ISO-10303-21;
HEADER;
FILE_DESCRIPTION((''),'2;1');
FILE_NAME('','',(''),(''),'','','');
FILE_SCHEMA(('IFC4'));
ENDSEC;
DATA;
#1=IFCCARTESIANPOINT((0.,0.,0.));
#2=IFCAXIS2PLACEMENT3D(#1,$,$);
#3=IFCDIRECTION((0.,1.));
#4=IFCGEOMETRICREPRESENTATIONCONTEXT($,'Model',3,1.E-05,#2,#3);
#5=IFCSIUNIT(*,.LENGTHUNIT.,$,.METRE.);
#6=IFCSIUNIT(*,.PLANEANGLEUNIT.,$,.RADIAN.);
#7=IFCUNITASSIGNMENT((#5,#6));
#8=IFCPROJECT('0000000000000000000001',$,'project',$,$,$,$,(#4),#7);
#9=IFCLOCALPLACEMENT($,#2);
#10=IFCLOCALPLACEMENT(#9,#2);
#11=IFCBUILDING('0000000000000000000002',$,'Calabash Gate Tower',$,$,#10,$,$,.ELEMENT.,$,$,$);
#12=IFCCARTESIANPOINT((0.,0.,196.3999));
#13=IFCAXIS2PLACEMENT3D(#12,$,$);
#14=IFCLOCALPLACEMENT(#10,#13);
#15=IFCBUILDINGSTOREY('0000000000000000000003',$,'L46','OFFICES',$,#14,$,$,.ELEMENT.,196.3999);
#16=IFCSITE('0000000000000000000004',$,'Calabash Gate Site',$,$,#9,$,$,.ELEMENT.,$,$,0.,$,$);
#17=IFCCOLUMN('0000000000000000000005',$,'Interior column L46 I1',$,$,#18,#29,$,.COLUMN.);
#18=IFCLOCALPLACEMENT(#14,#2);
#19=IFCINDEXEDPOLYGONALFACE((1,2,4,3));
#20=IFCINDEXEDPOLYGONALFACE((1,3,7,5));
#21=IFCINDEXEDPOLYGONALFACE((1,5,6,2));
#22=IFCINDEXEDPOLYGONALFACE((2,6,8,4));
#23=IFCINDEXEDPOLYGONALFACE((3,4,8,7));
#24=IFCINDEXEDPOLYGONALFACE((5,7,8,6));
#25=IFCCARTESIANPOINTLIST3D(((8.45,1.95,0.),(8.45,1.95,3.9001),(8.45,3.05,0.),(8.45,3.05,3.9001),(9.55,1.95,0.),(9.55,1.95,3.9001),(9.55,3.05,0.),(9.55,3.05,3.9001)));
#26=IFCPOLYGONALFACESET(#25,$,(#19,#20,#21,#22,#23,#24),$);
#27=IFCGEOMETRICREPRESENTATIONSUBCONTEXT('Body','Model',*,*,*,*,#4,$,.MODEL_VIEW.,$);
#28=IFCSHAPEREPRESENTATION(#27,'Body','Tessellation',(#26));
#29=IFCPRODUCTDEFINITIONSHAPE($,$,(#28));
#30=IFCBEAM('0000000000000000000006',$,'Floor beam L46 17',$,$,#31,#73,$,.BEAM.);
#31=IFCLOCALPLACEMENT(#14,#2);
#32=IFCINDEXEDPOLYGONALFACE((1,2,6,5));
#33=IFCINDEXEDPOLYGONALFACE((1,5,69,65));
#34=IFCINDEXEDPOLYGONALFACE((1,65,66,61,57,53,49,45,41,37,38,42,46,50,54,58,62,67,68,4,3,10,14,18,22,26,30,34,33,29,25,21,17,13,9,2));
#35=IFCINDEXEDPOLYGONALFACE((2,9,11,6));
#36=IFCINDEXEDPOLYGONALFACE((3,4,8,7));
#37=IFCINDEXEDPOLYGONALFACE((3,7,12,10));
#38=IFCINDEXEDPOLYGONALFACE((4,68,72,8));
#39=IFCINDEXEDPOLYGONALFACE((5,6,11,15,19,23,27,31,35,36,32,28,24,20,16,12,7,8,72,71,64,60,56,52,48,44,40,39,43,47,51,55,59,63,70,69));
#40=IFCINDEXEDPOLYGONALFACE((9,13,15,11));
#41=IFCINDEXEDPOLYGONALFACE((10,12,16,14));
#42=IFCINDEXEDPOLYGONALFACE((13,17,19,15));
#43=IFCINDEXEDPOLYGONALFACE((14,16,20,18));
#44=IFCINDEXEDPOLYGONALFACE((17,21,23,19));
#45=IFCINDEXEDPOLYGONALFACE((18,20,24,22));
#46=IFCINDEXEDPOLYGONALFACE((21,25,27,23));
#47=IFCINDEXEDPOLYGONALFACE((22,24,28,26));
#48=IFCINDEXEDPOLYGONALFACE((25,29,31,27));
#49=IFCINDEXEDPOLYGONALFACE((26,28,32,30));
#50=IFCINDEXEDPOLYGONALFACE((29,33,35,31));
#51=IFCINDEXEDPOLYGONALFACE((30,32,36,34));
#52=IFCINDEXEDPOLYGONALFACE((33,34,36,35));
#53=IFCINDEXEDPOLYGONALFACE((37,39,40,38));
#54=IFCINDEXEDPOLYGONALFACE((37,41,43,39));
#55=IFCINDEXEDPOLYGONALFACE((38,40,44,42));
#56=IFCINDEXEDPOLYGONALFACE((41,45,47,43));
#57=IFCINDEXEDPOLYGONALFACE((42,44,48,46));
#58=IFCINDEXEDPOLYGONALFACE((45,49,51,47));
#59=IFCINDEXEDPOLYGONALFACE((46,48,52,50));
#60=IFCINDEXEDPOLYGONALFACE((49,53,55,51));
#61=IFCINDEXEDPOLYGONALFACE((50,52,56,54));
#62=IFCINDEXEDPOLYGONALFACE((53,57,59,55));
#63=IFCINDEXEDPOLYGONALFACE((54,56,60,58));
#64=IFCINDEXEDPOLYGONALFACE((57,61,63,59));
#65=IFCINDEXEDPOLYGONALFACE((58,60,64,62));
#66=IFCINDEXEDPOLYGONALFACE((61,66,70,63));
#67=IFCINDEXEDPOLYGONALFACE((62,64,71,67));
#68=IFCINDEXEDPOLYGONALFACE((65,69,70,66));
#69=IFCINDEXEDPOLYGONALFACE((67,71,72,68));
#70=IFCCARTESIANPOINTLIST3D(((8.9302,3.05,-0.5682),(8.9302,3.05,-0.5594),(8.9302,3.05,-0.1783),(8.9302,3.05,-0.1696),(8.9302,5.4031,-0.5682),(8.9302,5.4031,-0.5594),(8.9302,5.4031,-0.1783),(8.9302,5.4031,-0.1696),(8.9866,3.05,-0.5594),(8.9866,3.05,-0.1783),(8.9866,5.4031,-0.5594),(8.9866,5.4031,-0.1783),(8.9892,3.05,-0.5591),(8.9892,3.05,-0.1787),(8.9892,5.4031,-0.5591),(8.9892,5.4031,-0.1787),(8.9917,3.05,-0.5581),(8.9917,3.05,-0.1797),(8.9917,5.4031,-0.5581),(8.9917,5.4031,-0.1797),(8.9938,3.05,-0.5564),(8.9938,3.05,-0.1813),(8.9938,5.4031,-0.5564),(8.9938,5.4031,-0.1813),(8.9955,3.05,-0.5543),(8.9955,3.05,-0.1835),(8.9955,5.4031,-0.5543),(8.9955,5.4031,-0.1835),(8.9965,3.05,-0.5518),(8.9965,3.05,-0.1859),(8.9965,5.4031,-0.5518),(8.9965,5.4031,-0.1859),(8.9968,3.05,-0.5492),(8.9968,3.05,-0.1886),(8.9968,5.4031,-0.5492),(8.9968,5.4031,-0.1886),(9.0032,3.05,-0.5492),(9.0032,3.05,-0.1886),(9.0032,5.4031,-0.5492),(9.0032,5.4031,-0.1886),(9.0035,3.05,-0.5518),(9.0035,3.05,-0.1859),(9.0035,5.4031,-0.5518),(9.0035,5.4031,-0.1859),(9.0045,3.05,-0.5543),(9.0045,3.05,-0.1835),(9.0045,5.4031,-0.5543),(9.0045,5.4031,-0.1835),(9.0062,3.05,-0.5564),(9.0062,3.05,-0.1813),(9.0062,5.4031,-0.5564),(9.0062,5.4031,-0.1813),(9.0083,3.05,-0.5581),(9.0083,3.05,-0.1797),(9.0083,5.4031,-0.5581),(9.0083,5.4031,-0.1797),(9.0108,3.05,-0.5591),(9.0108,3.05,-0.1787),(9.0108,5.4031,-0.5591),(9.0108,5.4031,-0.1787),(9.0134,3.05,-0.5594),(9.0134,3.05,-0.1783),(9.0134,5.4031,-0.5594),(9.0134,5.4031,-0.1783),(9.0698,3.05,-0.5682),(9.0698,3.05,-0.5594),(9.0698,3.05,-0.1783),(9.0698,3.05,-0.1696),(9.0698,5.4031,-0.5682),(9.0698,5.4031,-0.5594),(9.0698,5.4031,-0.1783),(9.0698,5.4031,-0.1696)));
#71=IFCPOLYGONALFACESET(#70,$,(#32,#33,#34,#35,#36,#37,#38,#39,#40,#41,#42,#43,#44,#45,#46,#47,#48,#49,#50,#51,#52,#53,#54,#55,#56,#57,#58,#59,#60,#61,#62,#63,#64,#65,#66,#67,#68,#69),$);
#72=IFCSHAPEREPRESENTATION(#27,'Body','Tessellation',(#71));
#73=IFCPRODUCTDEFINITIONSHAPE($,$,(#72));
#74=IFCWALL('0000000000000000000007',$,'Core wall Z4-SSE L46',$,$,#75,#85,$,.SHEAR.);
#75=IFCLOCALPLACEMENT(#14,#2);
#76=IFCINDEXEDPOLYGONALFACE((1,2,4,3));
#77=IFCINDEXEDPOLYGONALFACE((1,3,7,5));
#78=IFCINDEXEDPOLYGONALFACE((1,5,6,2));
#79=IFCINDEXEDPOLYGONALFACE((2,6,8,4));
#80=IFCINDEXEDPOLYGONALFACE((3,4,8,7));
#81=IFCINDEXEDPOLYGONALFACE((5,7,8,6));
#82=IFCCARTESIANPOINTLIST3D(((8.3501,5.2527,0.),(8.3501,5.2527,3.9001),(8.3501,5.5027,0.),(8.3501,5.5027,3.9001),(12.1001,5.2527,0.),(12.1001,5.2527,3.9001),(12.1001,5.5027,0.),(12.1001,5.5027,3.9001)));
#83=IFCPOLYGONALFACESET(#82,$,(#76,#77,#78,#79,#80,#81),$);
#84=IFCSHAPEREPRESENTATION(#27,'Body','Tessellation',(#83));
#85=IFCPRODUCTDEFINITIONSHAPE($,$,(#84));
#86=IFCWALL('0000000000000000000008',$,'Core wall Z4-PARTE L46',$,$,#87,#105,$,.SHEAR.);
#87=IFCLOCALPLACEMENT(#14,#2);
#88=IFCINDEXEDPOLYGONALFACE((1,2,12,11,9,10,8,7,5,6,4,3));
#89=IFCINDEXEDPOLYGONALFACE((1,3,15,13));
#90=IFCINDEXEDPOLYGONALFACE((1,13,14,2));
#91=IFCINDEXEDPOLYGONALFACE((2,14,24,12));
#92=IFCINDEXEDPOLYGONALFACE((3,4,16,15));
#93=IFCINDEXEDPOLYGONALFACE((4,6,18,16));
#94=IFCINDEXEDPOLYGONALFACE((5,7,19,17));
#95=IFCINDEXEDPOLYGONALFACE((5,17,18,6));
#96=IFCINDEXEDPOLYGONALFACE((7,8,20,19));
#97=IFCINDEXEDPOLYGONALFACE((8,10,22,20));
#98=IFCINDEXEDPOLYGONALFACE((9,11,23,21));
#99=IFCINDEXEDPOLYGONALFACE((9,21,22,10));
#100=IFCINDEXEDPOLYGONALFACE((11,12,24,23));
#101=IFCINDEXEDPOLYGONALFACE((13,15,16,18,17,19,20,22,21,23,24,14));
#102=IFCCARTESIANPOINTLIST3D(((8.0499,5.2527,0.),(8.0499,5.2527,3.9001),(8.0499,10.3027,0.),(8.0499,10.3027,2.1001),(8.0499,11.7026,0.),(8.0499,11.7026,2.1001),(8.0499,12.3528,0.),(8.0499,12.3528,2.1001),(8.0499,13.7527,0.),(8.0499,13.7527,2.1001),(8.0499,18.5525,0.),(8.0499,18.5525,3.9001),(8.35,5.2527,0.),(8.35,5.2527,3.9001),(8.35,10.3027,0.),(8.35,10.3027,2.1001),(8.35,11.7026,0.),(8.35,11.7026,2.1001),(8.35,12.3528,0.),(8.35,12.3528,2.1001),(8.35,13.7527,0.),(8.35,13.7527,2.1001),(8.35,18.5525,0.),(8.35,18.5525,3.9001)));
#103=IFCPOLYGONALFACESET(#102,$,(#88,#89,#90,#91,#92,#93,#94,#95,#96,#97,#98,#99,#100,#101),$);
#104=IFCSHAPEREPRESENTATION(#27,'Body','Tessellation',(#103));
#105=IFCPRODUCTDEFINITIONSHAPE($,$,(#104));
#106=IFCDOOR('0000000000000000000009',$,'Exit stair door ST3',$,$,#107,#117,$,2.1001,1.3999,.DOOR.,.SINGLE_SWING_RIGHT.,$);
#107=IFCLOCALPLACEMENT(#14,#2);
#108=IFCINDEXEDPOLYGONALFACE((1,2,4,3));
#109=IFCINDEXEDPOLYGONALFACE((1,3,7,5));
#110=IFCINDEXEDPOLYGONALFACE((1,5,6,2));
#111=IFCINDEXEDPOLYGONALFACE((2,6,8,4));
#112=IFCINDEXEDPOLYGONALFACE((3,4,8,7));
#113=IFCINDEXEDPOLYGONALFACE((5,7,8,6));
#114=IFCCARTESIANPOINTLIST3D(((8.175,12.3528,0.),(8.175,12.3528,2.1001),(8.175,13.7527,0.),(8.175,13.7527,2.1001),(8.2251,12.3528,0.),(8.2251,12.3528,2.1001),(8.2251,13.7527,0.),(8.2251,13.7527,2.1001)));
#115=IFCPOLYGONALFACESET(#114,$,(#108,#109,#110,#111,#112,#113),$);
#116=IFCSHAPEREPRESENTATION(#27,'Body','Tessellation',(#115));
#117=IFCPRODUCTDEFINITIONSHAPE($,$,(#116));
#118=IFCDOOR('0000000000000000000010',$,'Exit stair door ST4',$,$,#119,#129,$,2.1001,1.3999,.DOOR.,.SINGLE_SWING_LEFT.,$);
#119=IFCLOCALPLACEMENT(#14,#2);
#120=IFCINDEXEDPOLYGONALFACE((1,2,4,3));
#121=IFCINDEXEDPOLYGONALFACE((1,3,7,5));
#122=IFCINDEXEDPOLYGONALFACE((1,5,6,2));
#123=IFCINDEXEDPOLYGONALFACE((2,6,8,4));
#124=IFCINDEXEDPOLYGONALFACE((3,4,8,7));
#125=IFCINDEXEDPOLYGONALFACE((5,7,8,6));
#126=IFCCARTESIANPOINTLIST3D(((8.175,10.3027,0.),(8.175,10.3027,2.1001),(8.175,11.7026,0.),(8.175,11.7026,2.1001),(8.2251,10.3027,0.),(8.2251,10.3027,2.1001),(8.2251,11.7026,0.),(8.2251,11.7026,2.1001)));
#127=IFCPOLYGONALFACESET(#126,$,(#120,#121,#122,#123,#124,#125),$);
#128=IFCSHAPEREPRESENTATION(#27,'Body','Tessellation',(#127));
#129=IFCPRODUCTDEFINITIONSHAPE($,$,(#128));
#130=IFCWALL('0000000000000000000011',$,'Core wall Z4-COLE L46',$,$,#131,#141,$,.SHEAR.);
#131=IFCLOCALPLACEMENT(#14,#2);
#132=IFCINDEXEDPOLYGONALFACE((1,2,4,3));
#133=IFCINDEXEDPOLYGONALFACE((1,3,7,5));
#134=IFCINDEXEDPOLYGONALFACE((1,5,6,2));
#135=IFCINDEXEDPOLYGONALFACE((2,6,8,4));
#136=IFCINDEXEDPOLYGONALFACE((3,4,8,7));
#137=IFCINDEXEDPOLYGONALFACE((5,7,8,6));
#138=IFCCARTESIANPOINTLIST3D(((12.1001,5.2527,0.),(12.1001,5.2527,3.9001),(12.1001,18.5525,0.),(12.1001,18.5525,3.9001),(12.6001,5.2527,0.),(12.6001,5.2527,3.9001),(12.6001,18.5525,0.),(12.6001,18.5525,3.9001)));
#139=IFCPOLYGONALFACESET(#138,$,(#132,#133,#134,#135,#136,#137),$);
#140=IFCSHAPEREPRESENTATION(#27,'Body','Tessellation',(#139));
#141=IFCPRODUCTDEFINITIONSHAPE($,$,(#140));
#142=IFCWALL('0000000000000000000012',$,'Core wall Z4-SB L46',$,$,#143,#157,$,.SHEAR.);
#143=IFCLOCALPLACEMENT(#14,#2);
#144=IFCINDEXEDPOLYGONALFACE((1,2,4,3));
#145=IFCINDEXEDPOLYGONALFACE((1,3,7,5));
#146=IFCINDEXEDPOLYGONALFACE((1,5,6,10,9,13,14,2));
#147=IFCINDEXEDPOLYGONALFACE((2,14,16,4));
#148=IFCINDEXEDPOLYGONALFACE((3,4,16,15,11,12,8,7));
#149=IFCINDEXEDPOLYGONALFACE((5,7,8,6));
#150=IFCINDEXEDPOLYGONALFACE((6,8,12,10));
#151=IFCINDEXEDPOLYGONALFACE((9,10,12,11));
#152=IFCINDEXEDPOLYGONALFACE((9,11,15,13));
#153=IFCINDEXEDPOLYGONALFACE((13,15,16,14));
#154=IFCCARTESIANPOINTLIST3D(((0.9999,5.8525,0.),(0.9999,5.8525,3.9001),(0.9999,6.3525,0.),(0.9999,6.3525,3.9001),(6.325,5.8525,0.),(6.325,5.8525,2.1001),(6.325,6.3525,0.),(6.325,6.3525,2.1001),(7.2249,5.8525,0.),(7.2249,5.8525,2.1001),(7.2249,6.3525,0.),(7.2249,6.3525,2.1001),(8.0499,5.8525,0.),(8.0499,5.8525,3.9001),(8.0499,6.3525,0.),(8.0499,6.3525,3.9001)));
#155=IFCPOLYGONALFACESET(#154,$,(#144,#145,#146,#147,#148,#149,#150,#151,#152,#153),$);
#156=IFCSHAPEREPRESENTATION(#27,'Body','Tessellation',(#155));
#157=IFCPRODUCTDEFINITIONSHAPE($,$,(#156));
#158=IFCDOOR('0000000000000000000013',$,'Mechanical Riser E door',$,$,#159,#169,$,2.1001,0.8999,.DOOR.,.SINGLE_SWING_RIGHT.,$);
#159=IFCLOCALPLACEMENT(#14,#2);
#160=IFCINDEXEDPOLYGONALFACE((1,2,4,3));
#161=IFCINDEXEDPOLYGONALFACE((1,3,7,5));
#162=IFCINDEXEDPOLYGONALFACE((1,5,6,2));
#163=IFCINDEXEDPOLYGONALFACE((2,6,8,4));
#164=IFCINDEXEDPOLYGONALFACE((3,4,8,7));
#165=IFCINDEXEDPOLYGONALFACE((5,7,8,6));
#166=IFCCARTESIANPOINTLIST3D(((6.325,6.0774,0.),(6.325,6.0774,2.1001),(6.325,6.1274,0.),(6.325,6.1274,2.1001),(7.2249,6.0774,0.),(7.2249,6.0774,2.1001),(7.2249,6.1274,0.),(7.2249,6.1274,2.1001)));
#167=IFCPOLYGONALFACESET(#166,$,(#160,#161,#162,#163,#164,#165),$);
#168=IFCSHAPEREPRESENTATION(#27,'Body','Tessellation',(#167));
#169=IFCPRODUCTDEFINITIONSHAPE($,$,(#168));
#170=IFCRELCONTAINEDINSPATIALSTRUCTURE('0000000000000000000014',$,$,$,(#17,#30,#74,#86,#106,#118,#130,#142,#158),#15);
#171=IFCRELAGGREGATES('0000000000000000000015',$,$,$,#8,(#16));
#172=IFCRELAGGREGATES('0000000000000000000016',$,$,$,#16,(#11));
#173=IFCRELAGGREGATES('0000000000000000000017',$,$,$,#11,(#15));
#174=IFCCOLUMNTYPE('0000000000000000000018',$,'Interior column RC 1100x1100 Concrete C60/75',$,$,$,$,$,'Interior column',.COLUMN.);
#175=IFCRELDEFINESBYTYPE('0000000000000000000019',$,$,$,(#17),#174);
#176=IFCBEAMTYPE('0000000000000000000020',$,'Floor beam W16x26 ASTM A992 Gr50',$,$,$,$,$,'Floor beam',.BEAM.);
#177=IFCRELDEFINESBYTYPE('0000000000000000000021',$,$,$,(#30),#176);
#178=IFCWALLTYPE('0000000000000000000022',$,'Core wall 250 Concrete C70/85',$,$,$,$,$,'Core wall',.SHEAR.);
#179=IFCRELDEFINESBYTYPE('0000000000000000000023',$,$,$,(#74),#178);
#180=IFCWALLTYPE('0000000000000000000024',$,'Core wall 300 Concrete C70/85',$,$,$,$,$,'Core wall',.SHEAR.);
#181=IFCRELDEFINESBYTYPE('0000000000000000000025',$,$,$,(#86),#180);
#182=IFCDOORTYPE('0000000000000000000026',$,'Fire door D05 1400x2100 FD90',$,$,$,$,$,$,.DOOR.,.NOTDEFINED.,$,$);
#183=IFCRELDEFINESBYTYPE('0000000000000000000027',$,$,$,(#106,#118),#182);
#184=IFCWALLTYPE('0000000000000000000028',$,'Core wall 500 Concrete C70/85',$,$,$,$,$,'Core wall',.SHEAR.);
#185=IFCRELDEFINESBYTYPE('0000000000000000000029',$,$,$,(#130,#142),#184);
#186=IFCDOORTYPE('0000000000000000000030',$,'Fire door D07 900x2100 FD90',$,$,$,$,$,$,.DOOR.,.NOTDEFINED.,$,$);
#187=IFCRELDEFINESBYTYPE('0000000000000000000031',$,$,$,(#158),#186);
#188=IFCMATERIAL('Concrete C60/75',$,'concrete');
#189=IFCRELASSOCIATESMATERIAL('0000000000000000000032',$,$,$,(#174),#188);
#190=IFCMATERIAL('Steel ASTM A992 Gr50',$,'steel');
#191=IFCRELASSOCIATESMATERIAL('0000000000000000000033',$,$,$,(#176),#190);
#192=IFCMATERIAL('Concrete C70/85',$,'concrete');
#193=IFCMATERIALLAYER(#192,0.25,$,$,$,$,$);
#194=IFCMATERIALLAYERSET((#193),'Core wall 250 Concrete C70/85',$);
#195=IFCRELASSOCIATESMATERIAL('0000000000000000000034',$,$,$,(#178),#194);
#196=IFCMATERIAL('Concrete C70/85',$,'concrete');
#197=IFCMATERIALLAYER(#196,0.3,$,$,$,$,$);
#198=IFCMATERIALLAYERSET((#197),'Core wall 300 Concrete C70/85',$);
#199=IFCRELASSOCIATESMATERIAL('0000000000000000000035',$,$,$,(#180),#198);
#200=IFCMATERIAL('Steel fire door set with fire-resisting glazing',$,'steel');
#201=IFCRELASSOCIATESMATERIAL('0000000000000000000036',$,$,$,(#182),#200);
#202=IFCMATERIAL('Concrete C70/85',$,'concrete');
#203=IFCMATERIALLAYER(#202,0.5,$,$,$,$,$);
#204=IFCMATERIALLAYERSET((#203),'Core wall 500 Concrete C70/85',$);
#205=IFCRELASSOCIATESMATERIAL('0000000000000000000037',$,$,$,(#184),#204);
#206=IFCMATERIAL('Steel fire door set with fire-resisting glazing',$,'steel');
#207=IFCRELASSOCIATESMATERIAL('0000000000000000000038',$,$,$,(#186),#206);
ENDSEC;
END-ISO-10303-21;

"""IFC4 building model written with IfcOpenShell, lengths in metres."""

from ifc_helpers import new_model, si_unit, direction, frame, frame_2d, origin, origin_2d, place, context, subcontext, project, spatial, rectangle, i_section, extrude, material, layer, layer_set, material_profile, profile_set, type_object, element, fill, save


model = new_model("IFC4")

# Units and contexts
model_context = context("Model", 3, precision=1e-05, world=origin(), true_north=direction((0.0, 1.0)))
body_context = subcontext(model_context, "Body", "Model", "MODEL_VIEW")
ifc_project = project(units=[si_unit("LENGTHUNIT", "METRE"), si_unit("PLANEANGLEUNIT", "RADIAN")], contexts=[model_context])

# Site, building, storey
site_placement = place(None, origin())
site = spatial("IfcSite", under=ifc_project, at=site_placement, Name="Calabash Gate Site", CompositionType="ELEMENT", RefElevation=0.0)
building_placement = place(site_placement, origin())
building = spatial("IfcBuilding", under=site, at=building_placement, Name="Calabash Gate Tower", CompositionType="ELEMENT")
storey_placement = place(building_placement, frame((0.0, 0.0, 196.3999)))
storey = spatial("IfcBuildingStorey", under=building, at=storey_placement, Name="L46", Description="OFFICES", CompositionType="ELEMENT", Elevation=196.3999)

# Column
ifc_material_1 = material(Name="Concrete C60/75", Category="concrete")
ifc_material_profile_1 = material_profile(ifc_material_1, rectangle(XDim=1.1001, YDim=1.1001, at=origin_2d()))
ifc_profile_set_1 = profile_set([ifc_material_profile_1], Name="Concrete C60/75")
column_type = type_object("IfcColumnType", Name="Interior column RC 1100x1100 Concrete C60/75", ElementType="Interior column", PredefinedType="COLUMN", material=ifc_profile_set_1)
column_placement = place(storey_placement, frame((9.0, 2.5, 0.0), z_axis=(0.0, 0.0, 1.0), x_axis=(1.0, 0.0, 0.0)))
element("IfcColumn", 1, at=column_placement, inside=storey, type_object=column_type, Name="Interior column L46 I1", PredefinedType="COLUMN", context=body_context, shape_type="SweptSolid", body=[
    extrude(rectangle(XDim=1.1001, YDim=1.1001, at=origin_2d()), origin(), (0.0, 0.0, 1.0), 3.9001),
])

# Beam
ifc_material_2 = material(Name="Steel ASTM A992 Gr50", Category="steel")
ifc_material_profile_2 = material_profile(ifc_material_2, i_section(OverallWidth=0.1396, OverallDepth=0.3987, WebThickness=0.0063, FlangeThickness=0.0088, FilletRadius=0.0103, at=origin_2d()))
ifc_profile_set_2 = profile_set([ifc_material_profile_2], Name="Steel ASTM A992 Gr50")
beam_type = type_object("IfcBeamType", Name="Floor beam W16x26 ASTM A992 Gr50", ElementType="Floor beam", PredefinedType="BEAM", material=ifc_profile_set_2)
beam_placement = place(storey_placement, frame((9.0, 3.05, -0.3689), z_axis=(0.0, 1.0, 0.0), x_axis=(-1.0, 0.0, 0.0)))
element("IfcBeam", 2, at=beam_placement, inside=storey, type_object=beam_type, Name="Floor beam L46 17", PredefinedType="BEAM", context=body_context, shape_type="SweptSolid", body=[
    extrude(i_section(OverallWidth=0.1396, OverallDepth=0.3987, WebThickness=0.0063, FlangeThickness=0.0088, FilletRadius=0.0103, at=origin_2d()), origin(), (0.0, 0.0, 1.0), 2.353),
])

# Wall
ifc_material_3 = material(Name="Concrete C70/85", Category="concrete")
ifc_layer_1 = layer(ifc_material_3, 0.25)
ifc_layer_set_1 = layer_set([ifc_layer_1], Name="Core wall 250 Concrete C70/85")
wall_type_1 = type_object("IfcWallType", Name="Core wall 250 Concrete C70/85", ElementType="Core wall", PredefinedType="SHEAR", material=ifc_layer_set_1)
wall_1_placement = place(storey_placement, frame((8.3501, 5.3777, 0.0), z_axis=(0.0, 0.0, 1.0), x_axis=(1.0, 0.0, 0.0)))
element("IfcWall", 3, at=wall_1_placement, inside=storey, type_object=wall_type_1, Name="Core wall Z4-SSE L46", PredefinedType="SHEAR", context=body_context, shape_type="SweptSolid", body=[
    extrude(rectangle(XDim=3.75, YDim=0.25, at=frame_2d((1.875, 0.0))), origin(), (0.0, 0.0, 1.0), 3.9001),
])

# Wall, openings, doors
ifc_material_4 = material(Name="Concrete C70/85", Category="concrete")
ifc_layer_2 = layer(ifc_material_4, 0.3)
ifc_layer_set_2 = layer_set([ifc_layer_2], Name="Core wall 300 Concrete C70/85")
wall_type_2 = type_object("IfcWallType", Name="Core wall 300 Concrete C70/85", ElementType="Core wall", PredefinedType="SHEAR", material=ifc_layer_set_2)
wall_2_placement = place(storey_placement, frame((8.2, 5.2527, 0.0), z_axis=(0.0, 0.0, 1.0), x_axis=(0.0, 1.0, 0.0)))
wall_2 = element("IfcWall", 4, at=wall_2_placement, inside=storey, type_object=wall_type_2, Name="Core wall Z4-PARTE L46", PredefinedType="SHEAR", context=body_context, shape_type="SweptSolid", body=[
    extrude(rectangle(XDim=13.2998, YDim=0.3, at=frame_2d((6.6499, 0.0))), origin(), (0.0, 0.0, 1.0), 3.9001),
])
opening_1_placement = place(wall_2_placement, frame((7.1001, 0.0, 0.0)))
opening_1 = element("IfcOpeningElement", 5, at=opening_1_placement, cuts=wall_2, PredefinedType="OPENING", context=body_context, shape_type="SweptSolid", body=[
    extrude(rectangle(XDim=1.3999, YDim=2.1001, at=frame_2d((0.7, 1.05))), frame((0.0, 0.1599, 0.0), z_axis=(0.0, -1.0, 0.0), x_axis=(1.0, 0.0, 0.0)), (0.0, 0.0, 1.0), 0.3201),
])
opening_2_placement = place(wall_2_placement, frame((5.05, 0.0, 0.0)))
opening_2 = element("IfcOpeningElement", 6, at=opening_2_placement, cuts=wall_2, PredefinedType="OPENING", context=body_context, shape_type="SweptSolid", body=[
    extrude(rectangle(XDim=1.3999, YDim=2.1001, at=frame_2d((0.7, 1.05))), frame((0.0, 0.1599, 0.0), z_axis=(0.0, -1.0, 0.0), x_axis=(1.0, 0.0, 0.0)), (0.0, 0.0, 1.0), 0.3201),
])
ifc_material_5 = material(Name="Steel fire door set with fire-resisting glazing", Category="steel")
door_type_1 = type_object("IfcDoorType", Name="Fire door D05 1400x2100 FD90", OperationType="NOTDEFINED", PredefinedType="DOOR", material=ifc_material_5)
door_1_placement = place(opening_1_placement, origin())
door_1 = element("IfcDoor", 7, at=door_1_placement, inside=storey, type_object=door_type_1, Name="Exit stair door ST3", OperationType="SINGLE_SWING_RIGHT", OverallHeight=2.1001, OverallWidth=1.3999, PredefinedType="DOOR", context=body_context, shape_type="SweptSolid", body=[
    extrude(rectangle(XDim=1.3999, YDim=2.1001, at=frame_2d((0.7, 1.05))), frame((0.0, 0.0249, 0.0), z_axis=(0.0, -1.0, 0.0), x_axis=(1.0, 0.0, 0.0)), (0.0, 0.0, 1.0), 0.05),
])
fill(opening_1, door_1)
door_2_placement = place(opening_2_placement, origin())
door_2 = element("IfcDoor", 8, at=door_2_placement, inside=storey, type_object=door_type_1, Name="Exit stair door ST4", OperationType="SINGLE_SWING_LEFT", OverallHeight=2.1001, OverallWidth=1.3999, PredefinedType="DOOR", context=body_context, shape_type="SweptSolid", body=[
    extrude(rectangle(XDim=1.3999, YDim=2.1001, at=frame_2d((0.7, 1.05))), frame((0.0, 0.0249, 0.0), z_axis=(0.0, -1.0, 0.0), x_axis=(1.0, 0.0, 0.0)), (0.0, 0.0, 1.0), 0.05),
])
fill(opening_2, door_2)

# Wall
ifc_material_6 = material(Name="Concrete C70/85", Category="concrete")
ifc_layer_3 = layer(ifc_material_6, 0.5)
ifc_layer_set_3 = layer_set([ifc_layer_3], Name="Core wall 500 Concrete C70/85")
wall_type_3 = type_object("IfcWallType", Name="Core wall 500 Concrete C70/85", ElementType="Core wall", PredefinedType="SHEAR", material=ifc_layer_set_3)
wall_3_placement = place(storey_placement, frame((12.3501, 5.2527, 0.0), z_axis=(0.0, 0.0, 1.0), x_axis=(0.0, 1.0, 0.0)))
element("IfcWall", 9, at=wall_3_placement, inside=storey, type_object=wall_type_3, Name="Core wall Z4-COLE L46", PredefinedType="SHEAR", context=body_context, shape_type="SweptSolid", body=[
    extrude(rectangle(XDim=13.2998, YDim=0.5, at=frame_2d((6.6499, 0.0))), origin(), (0.0, 0.0, 1.0), 3.9001),
])

# Wall, opening, door
wall_4_placement = place(storey_placement, frame((1.0, 6.1025, 0.0), z_axis=(0.0, 0.0, 1.0), x_axis=(1.0, 0.0, 0.0)))
wall_4 = element("IfcWall", 10, at=wall_4_placement, inside=storey, type_object=wall_type_3, Name="Core wall Z4-SB L46", PredefinedType="SHEAR", context=body_context, shape_type="SweptSolid", body=[
    extrude(rectangle(XDim=7.05, YDim=0.5, at=frame_2d((3.5249, 0.0))), origin(), (0.0, 0.0, 1.0), 3.9001),
])
opening_3_placement = place(wall_4_placement, frame((5.325, 0.0, 0.0)))
opening_3 = element("IfcOpeningElement", 11, at=opening_3_placement, cuts=wall_4, PredefinedType="OPENING", context=body_context, shape_type="SweptSolid", body=[
    extrude(rectangle(XDim=0.8999, YDim=2.1001, at=frame_2d((0.45, 1.05))), frame((0.0, 0.26, 0.0), z_axis=(0.0, -1.0, 0.0), x_axis=(1.0, 0.0, 0.0)), (0.0, 0.0, 1.0), 0.52),
])
ifc_material_7 = material(Name="Steel fire door set with fire-resisting glazing", Category="steel")
door_type_2 = type_object("IfcDoorType", Name="Fire door D07 900x2100 FD90", OperationType="NOTDEFINED", PredefinedType="DOOR", material=ifc_material_7)
door_3_placement = place(opening_3_placement, origin())
door_3 = element("IfcDoor", 12, at=door_3_placement, inside=storey, type_object=door_type_2, Name="Mechanical Riser E door", OperationType="SINGLE_SWING_RIGHT", OverallHeight=2.1001, OverallWidth=0.8999, PredefinedType="DOOR", context=body_context, shape_type="SweptSolid", body=[
    extrude(rectangle(XDim=0.8999, YDim=2.1001, at=frame_2d((0.45, 1.05))), frame((0.0, 0.0249, 0.0), z_axis=(0.0, -1.0, 0.0), x_axis=(1.0, 0.0, 0.0)), (0.0, 0.0, 1.0), 0.05),
])
fill(opening_3, door_3)

save(model, "model.ifc")
